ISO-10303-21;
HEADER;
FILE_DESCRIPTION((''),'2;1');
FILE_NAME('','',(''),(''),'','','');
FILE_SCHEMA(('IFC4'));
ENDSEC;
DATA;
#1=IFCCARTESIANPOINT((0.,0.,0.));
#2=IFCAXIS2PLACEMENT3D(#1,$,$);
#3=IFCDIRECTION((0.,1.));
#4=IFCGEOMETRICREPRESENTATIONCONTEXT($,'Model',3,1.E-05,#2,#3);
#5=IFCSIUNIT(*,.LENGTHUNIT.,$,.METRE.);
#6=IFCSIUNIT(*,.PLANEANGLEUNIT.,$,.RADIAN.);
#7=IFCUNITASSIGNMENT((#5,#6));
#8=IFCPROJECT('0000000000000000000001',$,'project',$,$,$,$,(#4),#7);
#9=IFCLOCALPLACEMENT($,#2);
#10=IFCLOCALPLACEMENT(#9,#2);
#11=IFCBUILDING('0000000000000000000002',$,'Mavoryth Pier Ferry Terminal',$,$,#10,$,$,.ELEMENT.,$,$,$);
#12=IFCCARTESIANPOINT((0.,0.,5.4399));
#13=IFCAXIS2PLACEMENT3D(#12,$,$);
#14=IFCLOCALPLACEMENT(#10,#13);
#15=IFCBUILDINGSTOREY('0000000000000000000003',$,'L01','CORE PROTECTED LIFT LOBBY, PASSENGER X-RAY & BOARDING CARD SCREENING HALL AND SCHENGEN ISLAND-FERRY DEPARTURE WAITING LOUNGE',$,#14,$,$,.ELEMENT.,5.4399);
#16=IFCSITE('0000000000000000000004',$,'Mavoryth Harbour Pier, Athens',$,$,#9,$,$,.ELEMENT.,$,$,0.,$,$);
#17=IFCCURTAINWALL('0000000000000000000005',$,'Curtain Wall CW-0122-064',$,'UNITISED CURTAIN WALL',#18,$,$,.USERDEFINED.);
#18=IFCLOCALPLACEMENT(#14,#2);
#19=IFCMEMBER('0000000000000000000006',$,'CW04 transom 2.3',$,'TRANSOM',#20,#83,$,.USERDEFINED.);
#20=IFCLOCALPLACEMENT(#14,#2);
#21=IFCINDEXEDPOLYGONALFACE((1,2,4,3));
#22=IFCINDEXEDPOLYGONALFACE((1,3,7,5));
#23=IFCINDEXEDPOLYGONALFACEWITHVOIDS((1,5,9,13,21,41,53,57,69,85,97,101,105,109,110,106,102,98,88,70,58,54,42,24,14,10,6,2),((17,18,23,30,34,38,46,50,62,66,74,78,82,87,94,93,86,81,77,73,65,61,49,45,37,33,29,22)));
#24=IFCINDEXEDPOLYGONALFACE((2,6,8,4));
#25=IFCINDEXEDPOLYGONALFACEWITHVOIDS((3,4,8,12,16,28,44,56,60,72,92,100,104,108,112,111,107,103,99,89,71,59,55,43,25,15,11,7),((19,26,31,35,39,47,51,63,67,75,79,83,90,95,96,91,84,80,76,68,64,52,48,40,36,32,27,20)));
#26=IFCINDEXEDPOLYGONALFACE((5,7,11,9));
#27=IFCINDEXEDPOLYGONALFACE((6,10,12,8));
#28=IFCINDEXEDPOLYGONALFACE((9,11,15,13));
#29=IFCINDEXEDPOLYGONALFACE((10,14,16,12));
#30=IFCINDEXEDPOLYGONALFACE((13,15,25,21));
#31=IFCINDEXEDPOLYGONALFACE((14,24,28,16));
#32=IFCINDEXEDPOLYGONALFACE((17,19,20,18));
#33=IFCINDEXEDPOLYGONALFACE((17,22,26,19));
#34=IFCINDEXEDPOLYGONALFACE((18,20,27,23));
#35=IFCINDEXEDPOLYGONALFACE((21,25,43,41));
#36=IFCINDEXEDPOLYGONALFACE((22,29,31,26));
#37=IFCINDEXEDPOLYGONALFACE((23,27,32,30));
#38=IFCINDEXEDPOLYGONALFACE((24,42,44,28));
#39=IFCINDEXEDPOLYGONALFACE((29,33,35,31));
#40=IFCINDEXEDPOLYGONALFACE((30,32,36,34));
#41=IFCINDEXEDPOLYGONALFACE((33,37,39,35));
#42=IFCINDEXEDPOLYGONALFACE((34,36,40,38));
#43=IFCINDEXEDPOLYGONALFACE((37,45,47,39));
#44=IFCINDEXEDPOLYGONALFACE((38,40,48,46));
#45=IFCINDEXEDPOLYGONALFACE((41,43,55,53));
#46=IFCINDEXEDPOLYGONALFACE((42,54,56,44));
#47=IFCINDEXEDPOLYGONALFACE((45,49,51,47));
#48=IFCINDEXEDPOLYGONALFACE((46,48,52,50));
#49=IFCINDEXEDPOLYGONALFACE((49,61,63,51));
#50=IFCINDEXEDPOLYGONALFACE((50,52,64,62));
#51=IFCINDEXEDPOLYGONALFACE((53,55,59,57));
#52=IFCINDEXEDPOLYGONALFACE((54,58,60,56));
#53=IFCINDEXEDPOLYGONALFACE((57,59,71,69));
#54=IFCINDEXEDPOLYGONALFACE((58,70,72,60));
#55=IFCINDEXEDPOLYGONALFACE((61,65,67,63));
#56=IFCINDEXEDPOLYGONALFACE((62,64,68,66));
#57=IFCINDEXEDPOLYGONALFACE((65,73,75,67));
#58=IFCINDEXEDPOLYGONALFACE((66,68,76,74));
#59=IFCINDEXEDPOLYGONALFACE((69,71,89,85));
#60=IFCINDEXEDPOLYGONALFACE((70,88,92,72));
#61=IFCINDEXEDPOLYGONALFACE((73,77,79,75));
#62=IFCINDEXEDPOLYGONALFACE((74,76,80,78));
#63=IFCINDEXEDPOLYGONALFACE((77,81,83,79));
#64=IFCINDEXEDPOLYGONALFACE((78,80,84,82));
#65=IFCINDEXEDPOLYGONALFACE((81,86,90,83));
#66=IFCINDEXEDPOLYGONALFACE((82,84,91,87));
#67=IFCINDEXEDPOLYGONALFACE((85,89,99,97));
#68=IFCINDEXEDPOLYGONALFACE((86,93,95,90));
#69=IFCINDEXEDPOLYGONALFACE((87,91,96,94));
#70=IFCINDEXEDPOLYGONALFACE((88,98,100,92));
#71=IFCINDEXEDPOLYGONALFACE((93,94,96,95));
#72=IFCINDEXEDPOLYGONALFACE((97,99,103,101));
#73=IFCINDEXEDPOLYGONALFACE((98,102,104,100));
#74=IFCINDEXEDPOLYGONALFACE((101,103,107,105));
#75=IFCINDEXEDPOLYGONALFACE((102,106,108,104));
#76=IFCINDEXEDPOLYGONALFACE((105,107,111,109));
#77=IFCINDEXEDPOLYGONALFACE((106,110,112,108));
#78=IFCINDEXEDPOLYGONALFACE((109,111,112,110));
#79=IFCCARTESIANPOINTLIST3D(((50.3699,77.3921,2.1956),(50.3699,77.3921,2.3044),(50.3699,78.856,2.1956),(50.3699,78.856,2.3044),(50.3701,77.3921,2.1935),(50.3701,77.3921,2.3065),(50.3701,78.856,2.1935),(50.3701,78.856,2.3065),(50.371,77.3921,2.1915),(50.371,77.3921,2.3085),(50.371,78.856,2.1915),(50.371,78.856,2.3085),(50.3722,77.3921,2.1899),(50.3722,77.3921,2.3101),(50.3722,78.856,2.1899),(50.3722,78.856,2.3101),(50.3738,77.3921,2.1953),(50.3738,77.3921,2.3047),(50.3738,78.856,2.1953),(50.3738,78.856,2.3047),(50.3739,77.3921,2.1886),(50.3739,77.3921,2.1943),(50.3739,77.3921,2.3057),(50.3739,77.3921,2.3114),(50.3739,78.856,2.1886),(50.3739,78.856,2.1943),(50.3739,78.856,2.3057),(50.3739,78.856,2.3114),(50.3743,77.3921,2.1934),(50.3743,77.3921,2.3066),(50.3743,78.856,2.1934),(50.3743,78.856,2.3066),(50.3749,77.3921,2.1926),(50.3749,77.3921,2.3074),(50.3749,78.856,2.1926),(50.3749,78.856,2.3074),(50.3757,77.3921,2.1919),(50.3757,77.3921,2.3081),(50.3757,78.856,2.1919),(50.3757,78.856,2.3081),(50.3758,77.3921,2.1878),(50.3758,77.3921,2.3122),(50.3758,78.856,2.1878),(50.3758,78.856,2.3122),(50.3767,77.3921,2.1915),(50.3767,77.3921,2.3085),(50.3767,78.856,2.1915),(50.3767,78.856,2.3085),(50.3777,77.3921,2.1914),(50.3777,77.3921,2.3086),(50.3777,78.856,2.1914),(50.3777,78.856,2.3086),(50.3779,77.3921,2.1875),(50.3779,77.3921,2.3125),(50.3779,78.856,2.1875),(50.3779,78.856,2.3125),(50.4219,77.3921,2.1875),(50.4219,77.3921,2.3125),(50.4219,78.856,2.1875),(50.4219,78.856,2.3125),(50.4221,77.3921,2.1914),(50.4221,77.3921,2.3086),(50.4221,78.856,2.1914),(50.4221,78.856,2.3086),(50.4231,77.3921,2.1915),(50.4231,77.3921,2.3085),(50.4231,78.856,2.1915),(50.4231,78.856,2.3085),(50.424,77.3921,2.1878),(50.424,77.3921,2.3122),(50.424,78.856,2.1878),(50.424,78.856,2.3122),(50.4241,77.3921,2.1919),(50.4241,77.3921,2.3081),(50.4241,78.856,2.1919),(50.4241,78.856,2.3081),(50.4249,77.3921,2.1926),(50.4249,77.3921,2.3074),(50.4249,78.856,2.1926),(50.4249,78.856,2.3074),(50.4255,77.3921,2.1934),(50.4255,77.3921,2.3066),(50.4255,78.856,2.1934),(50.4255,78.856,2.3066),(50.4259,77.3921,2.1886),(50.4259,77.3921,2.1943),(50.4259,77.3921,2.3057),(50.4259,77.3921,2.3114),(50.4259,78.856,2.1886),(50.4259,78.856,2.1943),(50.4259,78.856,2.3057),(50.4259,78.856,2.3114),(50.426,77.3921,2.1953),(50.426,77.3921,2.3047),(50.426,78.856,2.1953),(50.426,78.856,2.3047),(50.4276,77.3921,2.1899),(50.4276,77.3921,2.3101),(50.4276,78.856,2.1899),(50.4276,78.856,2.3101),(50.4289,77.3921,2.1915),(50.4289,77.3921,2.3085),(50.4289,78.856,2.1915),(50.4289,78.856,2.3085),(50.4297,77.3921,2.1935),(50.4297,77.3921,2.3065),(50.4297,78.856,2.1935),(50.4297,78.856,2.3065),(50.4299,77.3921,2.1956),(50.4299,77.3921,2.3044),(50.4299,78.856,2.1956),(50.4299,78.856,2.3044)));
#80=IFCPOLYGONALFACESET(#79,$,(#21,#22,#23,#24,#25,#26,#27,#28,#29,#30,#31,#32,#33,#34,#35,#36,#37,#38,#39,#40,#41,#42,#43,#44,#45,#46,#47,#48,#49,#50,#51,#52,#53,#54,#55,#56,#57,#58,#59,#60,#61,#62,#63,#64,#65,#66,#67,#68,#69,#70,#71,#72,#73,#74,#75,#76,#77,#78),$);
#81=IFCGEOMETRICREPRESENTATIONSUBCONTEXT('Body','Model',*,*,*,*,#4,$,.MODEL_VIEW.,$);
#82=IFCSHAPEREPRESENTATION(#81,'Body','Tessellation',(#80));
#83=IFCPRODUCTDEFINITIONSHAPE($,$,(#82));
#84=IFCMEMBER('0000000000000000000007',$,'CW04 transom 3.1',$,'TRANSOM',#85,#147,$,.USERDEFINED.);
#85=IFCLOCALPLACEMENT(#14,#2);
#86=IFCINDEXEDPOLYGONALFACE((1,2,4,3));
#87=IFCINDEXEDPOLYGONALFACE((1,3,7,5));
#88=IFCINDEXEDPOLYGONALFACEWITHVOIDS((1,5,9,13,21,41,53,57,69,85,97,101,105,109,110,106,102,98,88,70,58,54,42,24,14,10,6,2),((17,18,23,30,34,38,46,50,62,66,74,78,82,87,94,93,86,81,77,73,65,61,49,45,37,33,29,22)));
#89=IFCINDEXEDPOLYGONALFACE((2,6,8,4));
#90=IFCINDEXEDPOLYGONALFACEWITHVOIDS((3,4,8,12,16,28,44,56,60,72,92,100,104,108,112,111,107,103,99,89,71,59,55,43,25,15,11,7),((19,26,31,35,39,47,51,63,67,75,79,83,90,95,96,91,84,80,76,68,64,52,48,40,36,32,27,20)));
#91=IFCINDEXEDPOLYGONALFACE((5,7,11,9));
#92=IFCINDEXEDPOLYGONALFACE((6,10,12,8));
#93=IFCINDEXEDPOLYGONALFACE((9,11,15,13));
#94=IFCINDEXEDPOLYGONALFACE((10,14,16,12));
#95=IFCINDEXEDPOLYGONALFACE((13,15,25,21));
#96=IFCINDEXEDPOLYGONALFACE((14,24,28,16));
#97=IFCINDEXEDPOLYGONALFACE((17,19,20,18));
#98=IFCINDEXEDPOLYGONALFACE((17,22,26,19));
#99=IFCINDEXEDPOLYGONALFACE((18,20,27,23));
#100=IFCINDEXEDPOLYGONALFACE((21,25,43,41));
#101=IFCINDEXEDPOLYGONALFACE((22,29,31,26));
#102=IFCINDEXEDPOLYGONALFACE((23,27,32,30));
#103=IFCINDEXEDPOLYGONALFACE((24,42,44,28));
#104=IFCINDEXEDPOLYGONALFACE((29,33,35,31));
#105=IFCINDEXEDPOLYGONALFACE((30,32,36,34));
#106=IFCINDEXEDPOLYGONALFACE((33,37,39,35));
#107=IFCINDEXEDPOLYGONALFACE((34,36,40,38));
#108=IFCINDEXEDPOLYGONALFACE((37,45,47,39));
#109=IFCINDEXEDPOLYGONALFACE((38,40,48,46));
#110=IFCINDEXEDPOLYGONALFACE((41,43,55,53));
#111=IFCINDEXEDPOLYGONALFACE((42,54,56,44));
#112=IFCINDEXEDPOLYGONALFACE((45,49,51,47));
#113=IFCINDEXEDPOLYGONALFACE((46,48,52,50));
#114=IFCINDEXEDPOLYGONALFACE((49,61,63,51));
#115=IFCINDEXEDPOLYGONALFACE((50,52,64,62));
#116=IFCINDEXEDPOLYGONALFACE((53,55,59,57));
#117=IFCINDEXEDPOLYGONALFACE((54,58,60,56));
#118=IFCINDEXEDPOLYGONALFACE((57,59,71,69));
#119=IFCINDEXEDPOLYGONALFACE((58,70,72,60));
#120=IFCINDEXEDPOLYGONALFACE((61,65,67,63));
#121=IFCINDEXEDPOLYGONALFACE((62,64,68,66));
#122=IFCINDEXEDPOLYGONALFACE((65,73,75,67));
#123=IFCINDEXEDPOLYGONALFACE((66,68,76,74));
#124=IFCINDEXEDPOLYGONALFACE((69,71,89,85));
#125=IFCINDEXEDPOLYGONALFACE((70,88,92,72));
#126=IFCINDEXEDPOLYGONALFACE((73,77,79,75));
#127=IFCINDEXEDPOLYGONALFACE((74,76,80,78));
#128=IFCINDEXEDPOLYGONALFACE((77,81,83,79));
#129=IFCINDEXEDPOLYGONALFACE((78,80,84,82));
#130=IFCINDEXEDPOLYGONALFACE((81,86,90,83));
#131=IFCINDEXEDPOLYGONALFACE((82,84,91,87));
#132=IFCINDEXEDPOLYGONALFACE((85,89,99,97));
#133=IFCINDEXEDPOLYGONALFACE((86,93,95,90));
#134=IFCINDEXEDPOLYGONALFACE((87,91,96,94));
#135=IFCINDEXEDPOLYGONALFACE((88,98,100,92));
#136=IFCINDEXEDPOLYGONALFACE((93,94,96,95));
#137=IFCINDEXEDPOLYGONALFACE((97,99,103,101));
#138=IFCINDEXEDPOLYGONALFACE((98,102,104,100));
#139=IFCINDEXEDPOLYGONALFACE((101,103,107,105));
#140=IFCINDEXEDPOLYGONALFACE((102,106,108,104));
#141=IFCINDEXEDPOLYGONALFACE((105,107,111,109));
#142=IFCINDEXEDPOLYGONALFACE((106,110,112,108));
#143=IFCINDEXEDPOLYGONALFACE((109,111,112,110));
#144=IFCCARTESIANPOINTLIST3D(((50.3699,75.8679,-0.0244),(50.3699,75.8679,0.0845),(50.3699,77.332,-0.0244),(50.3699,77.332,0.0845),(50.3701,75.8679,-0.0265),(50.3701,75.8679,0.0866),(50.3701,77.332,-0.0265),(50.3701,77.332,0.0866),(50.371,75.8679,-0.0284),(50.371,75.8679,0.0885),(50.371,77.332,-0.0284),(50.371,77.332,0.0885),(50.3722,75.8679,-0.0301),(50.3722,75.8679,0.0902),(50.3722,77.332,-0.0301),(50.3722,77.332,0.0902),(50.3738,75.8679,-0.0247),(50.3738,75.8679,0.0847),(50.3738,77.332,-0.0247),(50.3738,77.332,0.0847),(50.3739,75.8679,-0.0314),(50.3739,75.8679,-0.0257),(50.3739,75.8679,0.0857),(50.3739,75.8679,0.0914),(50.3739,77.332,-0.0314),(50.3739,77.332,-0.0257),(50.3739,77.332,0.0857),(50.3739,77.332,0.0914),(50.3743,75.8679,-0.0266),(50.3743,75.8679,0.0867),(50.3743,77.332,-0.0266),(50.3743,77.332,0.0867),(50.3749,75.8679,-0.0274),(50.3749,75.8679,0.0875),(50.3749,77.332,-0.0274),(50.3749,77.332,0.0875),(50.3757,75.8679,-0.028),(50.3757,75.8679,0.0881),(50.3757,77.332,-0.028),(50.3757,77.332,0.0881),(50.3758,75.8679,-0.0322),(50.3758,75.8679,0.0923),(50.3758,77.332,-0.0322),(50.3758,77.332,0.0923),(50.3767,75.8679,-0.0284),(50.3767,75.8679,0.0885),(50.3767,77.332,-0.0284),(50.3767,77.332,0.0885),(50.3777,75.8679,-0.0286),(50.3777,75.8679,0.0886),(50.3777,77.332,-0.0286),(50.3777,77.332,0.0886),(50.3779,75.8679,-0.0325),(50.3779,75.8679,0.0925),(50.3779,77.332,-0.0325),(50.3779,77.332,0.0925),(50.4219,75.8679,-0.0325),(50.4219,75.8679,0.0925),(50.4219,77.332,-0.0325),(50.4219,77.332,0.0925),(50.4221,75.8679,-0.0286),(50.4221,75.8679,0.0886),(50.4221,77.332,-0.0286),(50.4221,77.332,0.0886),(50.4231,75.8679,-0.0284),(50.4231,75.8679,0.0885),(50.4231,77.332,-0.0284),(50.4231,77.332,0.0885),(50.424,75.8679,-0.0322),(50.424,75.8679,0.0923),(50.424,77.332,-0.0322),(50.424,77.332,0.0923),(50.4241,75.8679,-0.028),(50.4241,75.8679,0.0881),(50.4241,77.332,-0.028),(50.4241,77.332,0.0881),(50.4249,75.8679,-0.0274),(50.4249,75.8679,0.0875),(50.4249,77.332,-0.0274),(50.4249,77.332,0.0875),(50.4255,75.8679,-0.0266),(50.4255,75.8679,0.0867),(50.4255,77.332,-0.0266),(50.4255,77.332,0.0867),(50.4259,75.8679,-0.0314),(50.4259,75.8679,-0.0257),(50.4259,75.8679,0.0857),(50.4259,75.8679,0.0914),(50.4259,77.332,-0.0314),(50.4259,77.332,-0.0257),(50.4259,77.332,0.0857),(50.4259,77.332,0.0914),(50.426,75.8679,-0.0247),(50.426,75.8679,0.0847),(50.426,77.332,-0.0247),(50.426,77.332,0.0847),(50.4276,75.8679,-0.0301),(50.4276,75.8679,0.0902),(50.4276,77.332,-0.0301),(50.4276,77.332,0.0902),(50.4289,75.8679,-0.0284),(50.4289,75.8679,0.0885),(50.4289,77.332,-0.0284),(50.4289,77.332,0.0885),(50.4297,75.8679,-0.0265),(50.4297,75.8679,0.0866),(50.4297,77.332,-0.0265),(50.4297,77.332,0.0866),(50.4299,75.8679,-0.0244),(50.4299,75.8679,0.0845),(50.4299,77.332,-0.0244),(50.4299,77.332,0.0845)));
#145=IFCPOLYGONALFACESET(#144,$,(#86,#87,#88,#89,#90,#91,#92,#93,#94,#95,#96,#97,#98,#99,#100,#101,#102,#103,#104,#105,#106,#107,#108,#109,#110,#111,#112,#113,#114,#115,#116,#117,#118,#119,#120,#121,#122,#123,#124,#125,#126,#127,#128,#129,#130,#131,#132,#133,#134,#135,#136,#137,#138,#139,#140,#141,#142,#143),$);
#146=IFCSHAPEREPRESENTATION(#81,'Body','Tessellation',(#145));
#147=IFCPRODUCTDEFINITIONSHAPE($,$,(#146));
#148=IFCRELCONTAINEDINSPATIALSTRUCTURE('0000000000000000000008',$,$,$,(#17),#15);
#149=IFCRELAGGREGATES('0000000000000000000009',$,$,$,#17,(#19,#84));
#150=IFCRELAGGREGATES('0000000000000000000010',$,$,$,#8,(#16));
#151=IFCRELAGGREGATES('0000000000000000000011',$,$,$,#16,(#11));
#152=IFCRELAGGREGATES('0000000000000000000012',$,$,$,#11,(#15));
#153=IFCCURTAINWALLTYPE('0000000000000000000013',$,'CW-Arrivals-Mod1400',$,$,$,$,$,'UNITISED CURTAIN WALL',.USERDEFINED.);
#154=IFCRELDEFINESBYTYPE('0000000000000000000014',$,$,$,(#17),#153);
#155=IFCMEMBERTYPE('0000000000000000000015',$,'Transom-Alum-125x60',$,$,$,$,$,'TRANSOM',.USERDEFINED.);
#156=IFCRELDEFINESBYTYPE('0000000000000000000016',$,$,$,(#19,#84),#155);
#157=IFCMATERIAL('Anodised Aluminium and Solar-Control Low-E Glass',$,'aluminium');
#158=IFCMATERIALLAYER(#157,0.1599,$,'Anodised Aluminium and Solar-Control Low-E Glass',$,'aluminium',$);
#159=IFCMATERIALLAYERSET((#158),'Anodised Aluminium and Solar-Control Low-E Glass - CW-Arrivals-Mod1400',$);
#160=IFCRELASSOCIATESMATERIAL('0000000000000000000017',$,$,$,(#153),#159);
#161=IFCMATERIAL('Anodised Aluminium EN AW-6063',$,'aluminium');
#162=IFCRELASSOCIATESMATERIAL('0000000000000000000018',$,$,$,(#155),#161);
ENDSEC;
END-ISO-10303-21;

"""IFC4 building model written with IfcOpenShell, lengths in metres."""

from ifc_helpers import new_model, si_unit, direction, frame, origin, origin_2d, place, context, subcontext, project, spatial, hollow_rectangle, extrude, material, layer, layer_set, material_profile, profile_set, type_object, element, aggregate, save


model = new_model("IFC4")

# Units and contexts
model_context = context("Model", 3, precision=1e-05, world=origin(), true_north=direction((0.0, 1.0)))
body_context = subcontext(model_context, "Body", "Model", "MODEL_VIEW")
ifc_project = project(units=[si_unit("LENGTHUNIT", "METRE"), si_unit("PLANEANGLEUNIT", "RADIAN")], contexts=[model_context])

# Site, building, storey
site_placement = place(None, origin())
site = spatial("IfcSite", under=ifc_project, at=site_placement, Name="Mavoryth Harbour Pier, Athens", CompositionType="ELEMENT", RefElevation=0.0)
building_placement = place(site_placement, origin())
building = spatial("IfcBuilding", under=site, at=building_placement, Name="Mavoryth Pier Ferry Terminal", CompositionType="ELEMENT")
storey_placement = place(building_placement, frame((0.0, 0.0, 5.4399)))
storey = spatial("IfcBuildingStorey", under=building, at=storey_placement, Name="L01", Description="CORE PROTECTED LIFT LOBBY, PASSENGER X-RAY & BOARDING CARD SCREENING HALL AND SCHENGEN ISLAND-FERRY DEPARTURE WAITING LOUNGE", CompositionType="ELEMENT", Elevation=5.4399)

# Curtain wall, members
ifc_material_1 = material(Name="Anodised Aluminium and Solar-Control Low-E Glass", Category="aluminium")
ifc_layer_1 = layer(ifc_material_1, 0.1599, Name="Anodised Aluminium and Solar-Control Low-E Glass", Category="aluminium")
ifc_layer_set_1 = layer_set([ifc_layer_1], Name="Anodised Aluminium and Solar-Control Low-E Glass - CW-Arrivals-Mod1400")
curtain_wall_type = type_object("IfcCurtainWallType", Name="CW-Arrivals-Mod1400", ElementType="UNITISED CURTAIN WALL", PredefinedType="USERDEFINED", material=ifc_layer_set_1)
curtain_wall_placement = place(storey_placement, origin())
curtain_wall = element("IfcCurtainWall", 1, at=curtain_wall_placement, inside=storey, type_object=curtain_wall_type, Name="Curtain Wall CW-0122-064", ObjectType="UNITISED CURTAIN WALL", PredefinedType="USERDEFINED")
ifc_material_2 = material(Name="Anodised Aluminium EN AW-6063", Category="aluminium")
ifc_material_profile_1 = material_profile(ifc_material_2, hollow_rectangle(XDim=0.0601, YDim=0.125, WallThickness=0.0039, InnerFilletRadius=0.0039, OuterFilletRadius=0.0081, at=origin_2d()), Name="AL-TRAN 125x60x4", Category="aluminium")
ifc_profile_set_1 = profile_set([ifc_material_profile_1], Name="Anodised Aluminium EN AW-6063 - AL-TRAN 125x60x4")
member_type_1 = type_object("IfcMemberType", Name="Transom-Alum-125x60", ElementType="TRANSOM", PredefinedType="USERDEFINED", material=ifc_profile_set_1)
member_1_placement = place(storey_placement, frame((50.3999, 78.856, 2.25), z_axis=(0.0, -1.0, 0.0), x_axis=(1.0, 0.0, 0.0)))
member_1 = element("IfcMember", 2, at=member_1_placement, type_object=member_type_1, Name="CW04 transom 2.3", ObjectType="TRANSOM", PredefinedType="USERDEFINED", context=body_context, shape_type="SweptSolid", body=[
    extrude(hollow_rectangle(XDim=0.0601, YDim=0.125, WallThickness=0.0039, InnerFilletRadius=0.0039, OuterFilletRadius=0.0081, at=origin_2d()), origin(), (0.0, 0.0, 1.0), 1.4639),
])
member_2_placement = place(storey_placement, frame((50.3999, 77.332, 0.03), z_axis=(0.0, -1.0, 0.0), x_axis=(1.0, 0.0, 0.0)))
member_2 = element("IfcMember", 3, at=member_2_placement, type_object=member_type_1, Name="CW04 transom 3.1", ObjectType="TRANSOM", PredefinedType="USERDEFINED", context=body_context, shape_type="SweptSolid", body=[
    extrude(hollow_rectangle(XDim=0.0601, YDim=0.125, WallThickness=0.0039, InnerFilletRadius=0.0039, OuterFilletRadius=0.0081, at=origin_2d()), origin(), (0.0, 0.0, 1.0), 1.4641),
])
aggregate(curtain_wall, [member_1, member_2])

save(model, "model.ifc")
